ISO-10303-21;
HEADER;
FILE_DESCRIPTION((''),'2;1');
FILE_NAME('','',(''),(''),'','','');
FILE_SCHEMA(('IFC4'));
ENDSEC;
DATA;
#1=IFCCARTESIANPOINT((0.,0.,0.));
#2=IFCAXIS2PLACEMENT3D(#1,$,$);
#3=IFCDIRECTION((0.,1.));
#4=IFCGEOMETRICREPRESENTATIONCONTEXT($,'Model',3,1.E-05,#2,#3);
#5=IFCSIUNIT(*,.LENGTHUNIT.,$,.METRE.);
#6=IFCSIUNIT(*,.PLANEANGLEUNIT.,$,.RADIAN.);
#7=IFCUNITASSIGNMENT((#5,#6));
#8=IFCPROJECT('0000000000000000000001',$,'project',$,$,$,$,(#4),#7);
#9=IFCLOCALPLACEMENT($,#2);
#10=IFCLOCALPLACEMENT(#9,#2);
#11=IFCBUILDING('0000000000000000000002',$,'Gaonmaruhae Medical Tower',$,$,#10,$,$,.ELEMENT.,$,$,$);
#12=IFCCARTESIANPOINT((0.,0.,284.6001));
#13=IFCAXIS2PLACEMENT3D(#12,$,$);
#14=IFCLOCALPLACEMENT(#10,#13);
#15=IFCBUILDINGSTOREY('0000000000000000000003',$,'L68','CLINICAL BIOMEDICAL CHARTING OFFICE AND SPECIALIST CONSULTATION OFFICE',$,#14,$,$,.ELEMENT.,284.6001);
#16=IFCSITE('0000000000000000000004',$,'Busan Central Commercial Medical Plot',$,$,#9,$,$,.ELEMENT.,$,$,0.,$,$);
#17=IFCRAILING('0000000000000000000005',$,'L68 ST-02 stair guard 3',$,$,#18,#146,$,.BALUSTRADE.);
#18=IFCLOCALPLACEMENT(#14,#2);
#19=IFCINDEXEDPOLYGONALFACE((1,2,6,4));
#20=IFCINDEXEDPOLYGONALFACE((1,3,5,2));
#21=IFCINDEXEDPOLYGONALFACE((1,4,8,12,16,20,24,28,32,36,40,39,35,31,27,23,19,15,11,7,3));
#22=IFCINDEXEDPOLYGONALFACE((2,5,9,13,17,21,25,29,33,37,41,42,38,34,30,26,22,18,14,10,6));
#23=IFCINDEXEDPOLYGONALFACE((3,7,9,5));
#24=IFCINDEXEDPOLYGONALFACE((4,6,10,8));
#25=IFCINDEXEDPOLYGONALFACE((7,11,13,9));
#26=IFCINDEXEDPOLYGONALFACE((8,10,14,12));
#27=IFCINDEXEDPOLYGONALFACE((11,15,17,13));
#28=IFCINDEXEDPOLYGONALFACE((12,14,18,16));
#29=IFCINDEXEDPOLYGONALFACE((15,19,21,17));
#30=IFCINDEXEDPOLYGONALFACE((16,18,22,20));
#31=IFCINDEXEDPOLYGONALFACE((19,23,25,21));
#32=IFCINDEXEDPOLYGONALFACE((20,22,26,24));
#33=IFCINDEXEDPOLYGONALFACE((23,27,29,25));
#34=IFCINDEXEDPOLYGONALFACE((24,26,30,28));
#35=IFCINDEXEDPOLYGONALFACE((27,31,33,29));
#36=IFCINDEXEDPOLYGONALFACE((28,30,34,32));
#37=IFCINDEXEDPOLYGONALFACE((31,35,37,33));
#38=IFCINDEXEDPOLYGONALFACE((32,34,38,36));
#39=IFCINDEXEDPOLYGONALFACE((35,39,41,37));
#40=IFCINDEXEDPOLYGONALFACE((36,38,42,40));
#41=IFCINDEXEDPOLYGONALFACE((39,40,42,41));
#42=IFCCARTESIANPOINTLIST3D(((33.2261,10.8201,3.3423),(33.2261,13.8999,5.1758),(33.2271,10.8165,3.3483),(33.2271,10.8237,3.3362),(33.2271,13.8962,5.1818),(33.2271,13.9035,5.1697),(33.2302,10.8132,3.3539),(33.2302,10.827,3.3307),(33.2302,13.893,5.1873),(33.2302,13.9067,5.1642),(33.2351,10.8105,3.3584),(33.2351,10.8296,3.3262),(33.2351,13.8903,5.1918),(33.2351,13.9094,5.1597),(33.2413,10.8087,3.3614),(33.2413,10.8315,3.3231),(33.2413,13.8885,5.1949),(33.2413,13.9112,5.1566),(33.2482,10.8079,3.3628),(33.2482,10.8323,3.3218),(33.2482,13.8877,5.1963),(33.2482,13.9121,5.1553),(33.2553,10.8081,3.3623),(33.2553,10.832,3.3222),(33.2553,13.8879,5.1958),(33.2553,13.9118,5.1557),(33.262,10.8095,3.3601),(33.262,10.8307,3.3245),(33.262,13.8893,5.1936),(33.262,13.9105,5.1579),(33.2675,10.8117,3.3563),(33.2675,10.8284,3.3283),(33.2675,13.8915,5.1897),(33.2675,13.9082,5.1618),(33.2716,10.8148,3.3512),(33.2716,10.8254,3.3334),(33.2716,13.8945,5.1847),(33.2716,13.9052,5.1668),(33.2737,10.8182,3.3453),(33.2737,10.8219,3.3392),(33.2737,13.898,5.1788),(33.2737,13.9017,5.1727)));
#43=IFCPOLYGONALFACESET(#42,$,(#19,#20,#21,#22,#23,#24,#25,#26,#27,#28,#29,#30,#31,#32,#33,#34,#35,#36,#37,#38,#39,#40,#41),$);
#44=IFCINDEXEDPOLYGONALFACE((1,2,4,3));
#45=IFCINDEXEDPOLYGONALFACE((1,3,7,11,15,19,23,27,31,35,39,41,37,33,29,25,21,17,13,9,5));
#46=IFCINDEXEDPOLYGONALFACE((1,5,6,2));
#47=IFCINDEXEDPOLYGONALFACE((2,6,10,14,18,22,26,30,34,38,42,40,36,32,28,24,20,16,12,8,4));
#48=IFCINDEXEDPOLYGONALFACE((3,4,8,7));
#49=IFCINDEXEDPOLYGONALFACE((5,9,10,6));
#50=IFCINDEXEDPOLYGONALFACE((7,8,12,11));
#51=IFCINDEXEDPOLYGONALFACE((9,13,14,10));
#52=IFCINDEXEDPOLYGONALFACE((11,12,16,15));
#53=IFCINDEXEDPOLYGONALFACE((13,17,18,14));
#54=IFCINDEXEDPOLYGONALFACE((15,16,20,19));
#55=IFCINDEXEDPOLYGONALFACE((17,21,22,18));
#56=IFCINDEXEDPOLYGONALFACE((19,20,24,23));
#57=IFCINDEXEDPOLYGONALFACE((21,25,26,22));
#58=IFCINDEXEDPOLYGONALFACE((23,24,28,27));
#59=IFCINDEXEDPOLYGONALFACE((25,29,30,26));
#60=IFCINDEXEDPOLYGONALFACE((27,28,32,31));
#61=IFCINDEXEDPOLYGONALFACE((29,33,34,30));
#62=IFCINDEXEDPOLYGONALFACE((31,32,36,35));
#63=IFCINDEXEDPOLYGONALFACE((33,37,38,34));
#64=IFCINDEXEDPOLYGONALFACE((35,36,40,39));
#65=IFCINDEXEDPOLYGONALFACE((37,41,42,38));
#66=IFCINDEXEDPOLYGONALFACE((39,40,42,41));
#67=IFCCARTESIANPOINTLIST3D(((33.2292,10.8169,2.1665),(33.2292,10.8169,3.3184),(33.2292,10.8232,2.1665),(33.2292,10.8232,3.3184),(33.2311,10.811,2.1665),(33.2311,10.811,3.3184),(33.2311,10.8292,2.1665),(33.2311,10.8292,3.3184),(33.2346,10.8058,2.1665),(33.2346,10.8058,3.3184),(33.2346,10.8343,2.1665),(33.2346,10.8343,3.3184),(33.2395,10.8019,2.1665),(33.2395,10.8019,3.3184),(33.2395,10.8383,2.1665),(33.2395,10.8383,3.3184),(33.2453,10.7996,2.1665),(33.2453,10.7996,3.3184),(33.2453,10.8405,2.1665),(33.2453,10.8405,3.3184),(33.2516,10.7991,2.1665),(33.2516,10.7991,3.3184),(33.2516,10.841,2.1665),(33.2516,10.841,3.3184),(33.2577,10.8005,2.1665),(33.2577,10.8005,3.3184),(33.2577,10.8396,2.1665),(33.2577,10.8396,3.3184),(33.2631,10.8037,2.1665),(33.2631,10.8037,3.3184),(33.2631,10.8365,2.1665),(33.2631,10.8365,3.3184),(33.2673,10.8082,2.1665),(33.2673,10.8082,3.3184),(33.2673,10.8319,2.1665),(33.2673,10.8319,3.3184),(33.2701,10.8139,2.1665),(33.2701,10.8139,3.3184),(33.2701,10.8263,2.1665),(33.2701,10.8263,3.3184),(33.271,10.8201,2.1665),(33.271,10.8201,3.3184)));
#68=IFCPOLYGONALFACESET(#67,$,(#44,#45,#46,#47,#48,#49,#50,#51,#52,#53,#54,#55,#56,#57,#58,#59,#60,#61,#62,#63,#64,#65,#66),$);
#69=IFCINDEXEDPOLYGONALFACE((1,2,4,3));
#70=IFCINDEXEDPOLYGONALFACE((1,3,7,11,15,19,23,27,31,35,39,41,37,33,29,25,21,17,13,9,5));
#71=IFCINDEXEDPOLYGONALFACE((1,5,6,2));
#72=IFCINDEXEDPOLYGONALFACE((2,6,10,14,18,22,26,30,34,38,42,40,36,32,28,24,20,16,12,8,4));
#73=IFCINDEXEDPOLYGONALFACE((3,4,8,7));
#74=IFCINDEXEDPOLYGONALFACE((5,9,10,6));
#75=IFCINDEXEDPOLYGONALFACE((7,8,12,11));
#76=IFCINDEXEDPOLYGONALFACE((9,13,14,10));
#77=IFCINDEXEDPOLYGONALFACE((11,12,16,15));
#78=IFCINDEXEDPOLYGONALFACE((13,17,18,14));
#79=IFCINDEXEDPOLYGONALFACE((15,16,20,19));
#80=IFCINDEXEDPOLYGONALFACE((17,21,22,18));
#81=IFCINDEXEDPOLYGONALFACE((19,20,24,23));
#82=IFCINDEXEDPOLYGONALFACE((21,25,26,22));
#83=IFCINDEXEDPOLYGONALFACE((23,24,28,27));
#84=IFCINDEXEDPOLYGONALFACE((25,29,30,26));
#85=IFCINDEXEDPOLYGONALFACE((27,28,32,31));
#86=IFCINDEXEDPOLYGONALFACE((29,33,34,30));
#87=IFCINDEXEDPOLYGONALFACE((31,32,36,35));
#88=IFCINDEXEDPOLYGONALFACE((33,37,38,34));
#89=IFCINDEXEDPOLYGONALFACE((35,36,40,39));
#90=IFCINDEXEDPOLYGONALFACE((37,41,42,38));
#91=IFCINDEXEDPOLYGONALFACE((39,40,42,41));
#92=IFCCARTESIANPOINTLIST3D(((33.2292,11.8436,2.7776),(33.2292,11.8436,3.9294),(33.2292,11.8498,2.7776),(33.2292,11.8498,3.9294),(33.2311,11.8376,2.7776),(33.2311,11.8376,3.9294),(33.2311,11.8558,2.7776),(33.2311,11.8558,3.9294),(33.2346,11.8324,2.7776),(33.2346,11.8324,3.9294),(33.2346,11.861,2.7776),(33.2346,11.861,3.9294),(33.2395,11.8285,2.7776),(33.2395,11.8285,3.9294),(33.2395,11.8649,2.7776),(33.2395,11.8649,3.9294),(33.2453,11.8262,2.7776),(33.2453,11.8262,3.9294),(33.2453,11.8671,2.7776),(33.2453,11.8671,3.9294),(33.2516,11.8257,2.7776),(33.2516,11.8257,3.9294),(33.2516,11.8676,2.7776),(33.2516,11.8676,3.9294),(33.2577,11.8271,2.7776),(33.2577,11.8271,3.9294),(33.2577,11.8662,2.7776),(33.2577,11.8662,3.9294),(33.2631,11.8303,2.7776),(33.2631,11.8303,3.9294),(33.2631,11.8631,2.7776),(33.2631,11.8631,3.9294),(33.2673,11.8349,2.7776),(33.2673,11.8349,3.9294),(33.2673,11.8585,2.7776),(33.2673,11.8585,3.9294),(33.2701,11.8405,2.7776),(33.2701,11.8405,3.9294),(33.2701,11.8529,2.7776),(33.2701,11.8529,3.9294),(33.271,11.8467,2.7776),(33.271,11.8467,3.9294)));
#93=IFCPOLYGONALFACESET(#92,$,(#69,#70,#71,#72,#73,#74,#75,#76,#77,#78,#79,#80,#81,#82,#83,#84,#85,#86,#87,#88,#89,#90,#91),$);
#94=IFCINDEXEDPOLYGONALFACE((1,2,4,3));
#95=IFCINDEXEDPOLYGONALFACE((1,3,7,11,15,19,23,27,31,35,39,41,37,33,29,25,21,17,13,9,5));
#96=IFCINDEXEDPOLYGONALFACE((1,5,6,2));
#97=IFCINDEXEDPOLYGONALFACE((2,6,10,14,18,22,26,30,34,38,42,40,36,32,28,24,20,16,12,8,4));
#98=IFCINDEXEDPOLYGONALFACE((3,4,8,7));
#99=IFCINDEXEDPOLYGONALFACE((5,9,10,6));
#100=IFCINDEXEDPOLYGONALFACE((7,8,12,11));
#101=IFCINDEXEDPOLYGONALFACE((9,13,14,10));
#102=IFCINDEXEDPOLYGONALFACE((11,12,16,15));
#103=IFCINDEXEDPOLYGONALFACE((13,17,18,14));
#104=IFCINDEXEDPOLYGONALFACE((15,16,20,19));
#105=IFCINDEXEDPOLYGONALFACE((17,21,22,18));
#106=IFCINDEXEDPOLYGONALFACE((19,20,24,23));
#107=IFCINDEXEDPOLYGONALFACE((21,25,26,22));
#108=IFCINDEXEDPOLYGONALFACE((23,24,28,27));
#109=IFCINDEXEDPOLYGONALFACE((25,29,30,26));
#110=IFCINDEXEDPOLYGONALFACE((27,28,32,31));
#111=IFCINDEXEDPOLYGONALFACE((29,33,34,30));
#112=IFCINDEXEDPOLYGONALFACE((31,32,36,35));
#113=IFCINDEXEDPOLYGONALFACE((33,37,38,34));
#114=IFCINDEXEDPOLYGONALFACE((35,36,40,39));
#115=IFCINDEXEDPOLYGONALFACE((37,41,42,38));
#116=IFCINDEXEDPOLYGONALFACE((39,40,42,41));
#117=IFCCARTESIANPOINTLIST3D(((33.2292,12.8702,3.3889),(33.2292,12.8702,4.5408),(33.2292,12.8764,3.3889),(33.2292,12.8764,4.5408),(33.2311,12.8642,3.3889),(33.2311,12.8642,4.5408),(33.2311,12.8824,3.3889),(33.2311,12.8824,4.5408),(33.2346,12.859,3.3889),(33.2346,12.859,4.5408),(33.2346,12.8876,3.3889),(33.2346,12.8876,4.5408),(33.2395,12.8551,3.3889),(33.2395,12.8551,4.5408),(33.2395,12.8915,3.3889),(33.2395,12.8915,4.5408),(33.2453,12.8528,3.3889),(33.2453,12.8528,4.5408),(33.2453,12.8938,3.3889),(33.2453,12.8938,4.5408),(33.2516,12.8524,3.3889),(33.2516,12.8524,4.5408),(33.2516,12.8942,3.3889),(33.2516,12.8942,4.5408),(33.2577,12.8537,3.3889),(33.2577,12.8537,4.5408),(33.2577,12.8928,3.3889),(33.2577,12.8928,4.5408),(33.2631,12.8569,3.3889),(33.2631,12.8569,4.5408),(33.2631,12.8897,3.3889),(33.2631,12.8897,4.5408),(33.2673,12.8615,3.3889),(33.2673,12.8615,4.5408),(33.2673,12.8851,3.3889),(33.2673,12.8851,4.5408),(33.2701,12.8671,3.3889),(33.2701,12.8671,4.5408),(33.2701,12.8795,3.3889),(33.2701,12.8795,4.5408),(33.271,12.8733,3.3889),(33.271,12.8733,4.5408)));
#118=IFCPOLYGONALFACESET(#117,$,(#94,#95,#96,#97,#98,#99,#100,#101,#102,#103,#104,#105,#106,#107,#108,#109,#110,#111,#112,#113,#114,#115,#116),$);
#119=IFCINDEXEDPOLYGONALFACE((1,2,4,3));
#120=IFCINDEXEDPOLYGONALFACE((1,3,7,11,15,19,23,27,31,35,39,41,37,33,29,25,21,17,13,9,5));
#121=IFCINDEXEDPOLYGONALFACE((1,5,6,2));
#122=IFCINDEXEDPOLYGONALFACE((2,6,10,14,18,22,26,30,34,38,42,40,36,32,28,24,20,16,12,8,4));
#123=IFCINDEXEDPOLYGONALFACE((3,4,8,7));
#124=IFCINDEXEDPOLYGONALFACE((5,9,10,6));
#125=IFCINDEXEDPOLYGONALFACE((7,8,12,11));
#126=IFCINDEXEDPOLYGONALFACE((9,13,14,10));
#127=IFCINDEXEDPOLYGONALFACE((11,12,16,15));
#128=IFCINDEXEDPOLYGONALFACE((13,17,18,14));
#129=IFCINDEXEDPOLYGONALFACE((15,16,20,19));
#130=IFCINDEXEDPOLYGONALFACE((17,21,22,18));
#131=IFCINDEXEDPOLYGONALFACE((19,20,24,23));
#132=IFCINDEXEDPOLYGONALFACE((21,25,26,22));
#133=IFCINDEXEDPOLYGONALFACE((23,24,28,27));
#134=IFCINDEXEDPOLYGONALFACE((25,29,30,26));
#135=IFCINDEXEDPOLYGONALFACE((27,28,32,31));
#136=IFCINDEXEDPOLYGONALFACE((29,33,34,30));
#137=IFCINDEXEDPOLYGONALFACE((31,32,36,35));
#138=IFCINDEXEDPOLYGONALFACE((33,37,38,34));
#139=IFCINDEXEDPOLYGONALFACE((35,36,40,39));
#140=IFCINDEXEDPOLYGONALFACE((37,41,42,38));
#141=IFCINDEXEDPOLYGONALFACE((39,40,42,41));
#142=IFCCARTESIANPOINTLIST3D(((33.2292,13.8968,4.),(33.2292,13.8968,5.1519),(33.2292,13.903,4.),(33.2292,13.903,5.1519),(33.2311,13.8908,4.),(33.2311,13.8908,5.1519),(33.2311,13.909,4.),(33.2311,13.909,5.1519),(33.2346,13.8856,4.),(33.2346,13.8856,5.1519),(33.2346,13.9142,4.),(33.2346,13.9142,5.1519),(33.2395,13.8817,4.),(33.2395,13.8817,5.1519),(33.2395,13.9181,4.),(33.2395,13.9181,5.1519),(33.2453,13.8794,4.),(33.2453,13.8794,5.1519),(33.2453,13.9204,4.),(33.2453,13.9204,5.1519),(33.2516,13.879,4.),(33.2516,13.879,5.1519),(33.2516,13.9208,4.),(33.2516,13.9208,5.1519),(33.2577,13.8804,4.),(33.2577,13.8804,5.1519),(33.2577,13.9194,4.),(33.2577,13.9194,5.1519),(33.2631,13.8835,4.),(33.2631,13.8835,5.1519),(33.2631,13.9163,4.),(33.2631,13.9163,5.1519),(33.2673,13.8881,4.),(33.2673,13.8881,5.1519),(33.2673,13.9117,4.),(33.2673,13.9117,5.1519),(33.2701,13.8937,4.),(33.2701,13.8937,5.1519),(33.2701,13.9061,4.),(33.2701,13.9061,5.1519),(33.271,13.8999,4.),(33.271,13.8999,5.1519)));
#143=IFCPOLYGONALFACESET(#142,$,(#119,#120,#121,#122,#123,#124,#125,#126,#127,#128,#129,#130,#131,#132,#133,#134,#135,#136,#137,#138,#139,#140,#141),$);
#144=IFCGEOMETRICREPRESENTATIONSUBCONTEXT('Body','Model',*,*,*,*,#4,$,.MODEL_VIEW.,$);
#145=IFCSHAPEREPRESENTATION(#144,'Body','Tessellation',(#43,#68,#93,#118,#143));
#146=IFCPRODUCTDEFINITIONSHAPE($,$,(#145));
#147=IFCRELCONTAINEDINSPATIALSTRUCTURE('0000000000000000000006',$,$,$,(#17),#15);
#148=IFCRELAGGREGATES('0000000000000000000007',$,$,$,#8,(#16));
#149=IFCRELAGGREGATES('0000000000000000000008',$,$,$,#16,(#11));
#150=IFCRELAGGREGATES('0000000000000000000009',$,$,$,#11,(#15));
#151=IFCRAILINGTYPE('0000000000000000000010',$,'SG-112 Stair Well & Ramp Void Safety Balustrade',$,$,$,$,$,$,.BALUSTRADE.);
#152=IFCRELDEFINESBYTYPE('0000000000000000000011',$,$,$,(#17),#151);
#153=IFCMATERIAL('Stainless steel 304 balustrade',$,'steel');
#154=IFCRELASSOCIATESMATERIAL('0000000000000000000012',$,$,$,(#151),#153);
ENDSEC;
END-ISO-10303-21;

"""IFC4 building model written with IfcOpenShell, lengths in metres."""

from ifc_helpers import new_model, si_unit, direction, frame, origin, origin_2d, place, context, subcontext, project, spatial, circle, extrude, material, type_object, element, save


model = new_model("IFC4")

# Units and contexts
model_context = context("Model", 3, precision=1e-05, world=origin(), true_north=direction((0.0, 1.0)))
body_context = subcontext(model_context, "Body", "Model", "MODEL_VIEW")
ifc_project = project(units=[si_unit("LENGTHUNIT", "METRE"), si_unit("PLANEANGLEUNIT", "RADIAN")], contexts=[model_context])

# Site, building, storey
site_placement = place(None, origin())
site = spatial("IfcSite", under=ifc_project, at=site_placement, Name="Busan Central Commercial Medical Plot", CompositionType="ELEMENT", RefElevation=0.0)
building_placement = place(site_placement, origin())
building = spatial("IfcBuilding", under=site, at=building_placement, Name="Gaonmaruhae Medical Tower", CompositionType="ELEMENT")
storey_placement = place(building_placement, frame((0.0, 0.0, 284.6001)))
storey = spatial("IfcBuildingStorey", under=building, at=storey_placement, Name="L68", Description="CLINICAL BIOMEDICAL CHARTING OFFICE AND SPECIALIST CONSULTATION OFFICE", CompositionType="ELEMENT", Elevation=284.6001)

# Railing
ifc_material_1 = material(Name="Stainless steel 304 balustrade", Category="steel")
railing_type_1 = type_object("IfcRailingType", Name="SG-112 Stair Well & Ramp Void Safety Balustrade", PredefinedType="BALUSTRADE", material=ifc_material_1)
railing_1_placement = place(storey_placement, frame((33.25, 10.8201, 2.1665)))
element("IfcRailing", 1, at=railing_1_placement, inside=storey, type_object=railing_type_1, Name="L68 ST-02 stair guard 3", PredefinedType="BALUSTRADE", context=body_context, shape_type="SweptSolid", body=[
    extrude(circle(Radius=0.0239, at=origin_2d()), frame((0.0, 0.0, 1.1758), z_axis=(0.0, 0.859261, 0.511538), x_axis=(-1.0, 0.0, 0.0)), (0.0, 0.0, 1.0), 3.5842),
    extrude(circle(Radius=0.021, at=origin_2d()), origin(), (0.0, 0.0, 1.0), 1.1519),
    extrude(circle(Radius=0.021, at=origin_2d()), frame((0.0, 1.0266, 0.6111)), (0.0, 0.0, 1.0), 1.1519),
    extrude(circle(Radius=0.021, at=origin_2d()), frame((0.0, 2.0532, 1.2224)), (0.0, 0.0, 1.0), 1.1519),
    extrude(circle(Radius=0.021, at=origin_2d()), frame((0.0, 3.0798, 1.8335)), (0.0, 0.0, 1.0), 1.1519),
])

save(model, "model.ifc")
